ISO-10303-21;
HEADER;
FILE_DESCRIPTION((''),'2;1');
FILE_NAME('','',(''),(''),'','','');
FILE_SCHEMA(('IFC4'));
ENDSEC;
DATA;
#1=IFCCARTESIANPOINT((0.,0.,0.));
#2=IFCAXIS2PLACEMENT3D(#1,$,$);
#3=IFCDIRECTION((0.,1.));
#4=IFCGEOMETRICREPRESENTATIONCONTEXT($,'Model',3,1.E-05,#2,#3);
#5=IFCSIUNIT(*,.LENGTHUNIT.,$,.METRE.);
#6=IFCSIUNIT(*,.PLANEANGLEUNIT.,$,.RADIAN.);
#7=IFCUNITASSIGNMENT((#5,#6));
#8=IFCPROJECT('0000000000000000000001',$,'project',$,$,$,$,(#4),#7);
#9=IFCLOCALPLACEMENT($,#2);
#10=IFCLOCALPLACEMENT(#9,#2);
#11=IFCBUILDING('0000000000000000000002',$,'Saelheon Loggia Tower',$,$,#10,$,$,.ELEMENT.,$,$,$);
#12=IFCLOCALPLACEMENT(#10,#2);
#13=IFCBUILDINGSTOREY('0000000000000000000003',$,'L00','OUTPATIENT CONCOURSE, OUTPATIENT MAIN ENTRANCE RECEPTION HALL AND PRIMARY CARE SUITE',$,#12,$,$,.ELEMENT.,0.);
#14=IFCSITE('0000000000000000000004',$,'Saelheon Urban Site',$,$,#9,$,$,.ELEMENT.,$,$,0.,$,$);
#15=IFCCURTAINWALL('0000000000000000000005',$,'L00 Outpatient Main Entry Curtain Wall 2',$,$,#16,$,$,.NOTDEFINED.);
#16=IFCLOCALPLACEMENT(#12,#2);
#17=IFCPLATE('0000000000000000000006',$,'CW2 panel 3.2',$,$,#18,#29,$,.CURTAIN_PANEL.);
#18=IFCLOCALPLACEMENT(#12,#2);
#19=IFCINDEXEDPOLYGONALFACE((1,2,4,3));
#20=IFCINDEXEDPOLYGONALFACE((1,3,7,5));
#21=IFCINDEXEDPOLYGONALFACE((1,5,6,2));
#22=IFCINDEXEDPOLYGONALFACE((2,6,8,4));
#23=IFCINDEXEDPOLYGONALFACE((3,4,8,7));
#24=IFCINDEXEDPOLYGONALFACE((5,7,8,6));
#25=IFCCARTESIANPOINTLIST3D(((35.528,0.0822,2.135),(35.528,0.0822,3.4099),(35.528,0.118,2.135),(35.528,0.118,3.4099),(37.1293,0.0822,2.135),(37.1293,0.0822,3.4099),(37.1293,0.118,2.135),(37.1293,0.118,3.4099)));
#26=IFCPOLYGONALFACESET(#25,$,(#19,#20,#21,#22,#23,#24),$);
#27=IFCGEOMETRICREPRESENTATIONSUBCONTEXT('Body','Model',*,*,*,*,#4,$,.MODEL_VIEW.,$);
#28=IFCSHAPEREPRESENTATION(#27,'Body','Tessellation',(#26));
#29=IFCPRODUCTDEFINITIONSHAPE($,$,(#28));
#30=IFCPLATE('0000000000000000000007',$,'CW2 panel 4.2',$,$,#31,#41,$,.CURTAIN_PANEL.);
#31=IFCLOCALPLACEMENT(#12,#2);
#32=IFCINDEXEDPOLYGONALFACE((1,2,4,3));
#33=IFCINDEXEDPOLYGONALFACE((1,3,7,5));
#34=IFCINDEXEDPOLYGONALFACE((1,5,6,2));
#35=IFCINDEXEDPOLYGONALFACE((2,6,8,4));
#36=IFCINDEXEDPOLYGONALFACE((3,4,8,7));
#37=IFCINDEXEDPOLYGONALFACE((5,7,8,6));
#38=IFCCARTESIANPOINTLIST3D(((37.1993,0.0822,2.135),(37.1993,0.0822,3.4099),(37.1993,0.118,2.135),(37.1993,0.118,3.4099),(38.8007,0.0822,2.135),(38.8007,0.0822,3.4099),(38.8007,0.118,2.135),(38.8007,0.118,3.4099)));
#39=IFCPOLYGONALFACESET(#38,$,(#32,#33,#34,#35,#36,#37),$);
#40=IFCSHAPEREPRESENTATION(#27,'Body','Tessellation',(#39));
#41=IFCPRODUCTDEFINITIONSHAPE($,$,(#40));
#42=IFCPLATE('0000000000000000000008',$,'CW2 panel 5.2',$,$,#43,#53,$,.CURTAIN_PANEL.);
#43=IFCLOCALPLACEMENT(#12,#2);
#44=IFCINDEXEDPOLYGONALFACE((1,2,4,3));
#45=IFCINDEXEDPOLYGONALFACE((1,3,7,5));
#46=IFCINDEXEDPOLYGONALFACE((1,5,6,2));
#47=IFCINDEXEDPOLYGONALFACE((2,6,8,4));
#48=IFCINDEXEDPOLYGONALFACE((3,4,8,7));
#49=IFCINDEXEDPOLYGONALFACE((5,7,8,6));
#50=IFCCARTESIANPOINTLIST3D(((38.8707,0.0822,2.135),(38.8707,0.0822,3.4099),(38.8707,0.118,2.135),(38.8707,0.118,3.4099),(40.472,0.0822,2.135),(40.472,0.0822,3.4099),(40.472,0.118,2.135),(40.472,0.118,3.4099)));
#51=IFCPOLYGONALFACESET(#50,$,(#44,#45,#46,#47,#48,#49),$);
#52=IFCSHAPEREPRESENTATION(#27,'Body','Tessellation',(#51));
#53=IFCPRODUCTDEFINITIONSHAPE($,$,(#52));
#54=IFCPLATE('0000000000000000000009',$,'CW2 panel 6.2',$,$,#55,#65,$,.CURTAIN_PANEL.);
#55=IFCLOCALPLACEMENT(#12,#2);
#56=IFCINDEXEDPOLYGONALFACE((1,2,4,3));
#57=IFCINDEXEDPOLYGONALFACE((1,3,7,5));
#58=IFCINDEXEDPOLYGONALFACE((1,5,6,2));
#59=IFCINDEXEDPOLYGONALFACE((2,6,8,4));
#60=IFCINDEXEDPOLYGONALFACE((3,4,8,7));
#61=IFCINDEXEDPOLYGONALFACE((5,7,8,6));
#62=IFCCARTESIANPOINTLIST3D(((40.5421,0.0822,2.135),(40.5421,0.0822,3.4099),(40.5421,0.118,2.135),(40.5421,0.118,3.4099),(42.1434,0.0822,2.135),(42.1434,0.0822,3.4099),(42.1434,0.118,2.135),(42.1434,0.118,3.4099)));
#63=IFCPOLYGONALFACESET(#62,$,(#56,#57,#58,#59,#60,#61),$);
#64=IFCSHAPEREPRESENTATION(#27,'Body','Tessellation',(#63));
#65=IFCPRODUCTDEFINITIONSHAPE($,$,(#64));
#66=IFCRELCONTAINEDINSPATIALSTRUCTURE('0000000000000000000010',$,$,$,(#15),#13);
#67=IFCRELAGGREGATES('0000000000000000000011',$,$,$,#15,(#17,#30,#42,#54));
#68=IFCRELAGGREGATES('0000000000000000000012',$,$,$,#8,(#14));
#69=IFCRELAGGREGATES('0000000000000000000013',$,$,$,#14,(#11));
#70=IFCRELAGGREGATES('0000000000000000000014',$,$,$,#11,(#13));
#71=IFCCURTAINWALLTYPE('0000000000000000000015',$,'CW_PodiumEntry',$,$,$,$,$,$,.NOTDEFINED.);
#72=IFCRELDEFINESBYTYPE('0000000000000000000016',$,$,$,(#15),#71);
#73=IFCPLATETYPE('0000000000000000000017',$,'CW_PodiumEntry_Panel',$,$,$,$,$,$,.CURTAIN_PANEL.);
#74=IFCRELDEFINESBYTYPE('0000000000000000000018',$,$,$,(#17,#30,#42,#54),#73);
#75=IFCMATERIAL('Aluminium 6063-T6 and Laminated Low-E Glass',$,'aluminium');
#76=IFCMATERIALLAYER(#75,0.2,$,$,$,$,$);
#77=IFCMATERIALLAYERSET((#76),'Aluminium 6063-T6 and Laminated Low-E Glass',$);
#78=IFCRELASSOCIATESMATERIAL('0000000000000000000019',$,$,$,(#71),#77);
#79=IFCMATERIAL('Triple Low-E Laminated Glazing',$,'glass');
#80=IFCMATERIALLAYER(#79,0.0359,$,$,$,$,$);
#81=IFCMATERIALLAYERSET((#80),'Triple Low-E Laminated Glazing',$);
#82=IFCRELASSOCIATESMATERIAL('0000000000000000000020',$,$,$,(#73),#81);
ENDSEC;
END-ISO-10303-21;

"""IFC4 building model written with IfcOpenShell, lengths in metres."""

from ifc_helpers import new_model, si_unit, direction, frame, origin, origin_2d, place, context, subcontext, project, spatial, rectangle, extrude, source, transform, mapped, material, layer, layer_set, type_object, element, aggregate, save


model = new_model("IFC4")

# Units and contexts
model_context = context("Model", 3, precision=1e-05, world=origin(), true_north=direction((0.0, 1.0)))
body_context = subcontext(model_context, "Body", "Model", "MODEL_VIEW")
ifc_project = project(units=[si_unit("LENGTHUNIT", "METRE"), si_unit("PLANEANGLEUNIT", "RADIAN")], contexts=[model_context])

# Site, building, storey
site_placement = place(None, origin())
site = spatial("IfcSite", under=ifc_project, at=site_placement, Name="Saelheon Urban Site", CompositionType="ELEMENT", RefElevation=0.0)
building_placement = place(site_placement, origin())
building = spatial("IfcBuilding", under=site, at=building_placement, Name="Saelheon Loggia Tower", CompositionType="ELEMENT")
storey_placement = place(building_placement, origin())
storey = spatial("IfcBuildingStorey", under=building, at=storey_placement, Name="L00", Description="OUTPATIENT CONCOURSE, OUTPATIENT MAIN ENTRANCE RECEPTION HALL AND PRIMARY CARE SUITE", CompositionType="ELEMENT", Elevation=0.0)

# Curtain wall, plates
ifc_material_1 = material(Name="Aluminium 6063-T6 and Laminated Low-E Glass", Category="aluminium")
ifc_layer_1 = layer(ifc_material_1, 0.2)
ifc_layer_set_1 = layer_set([ifc_layer_1], Name="Aluminium 6063-T6 and Laminated Low-E Glass")
curtain_wall_type = type_object("IfcCurtainWallType", Name="CW_PodiumEntry", PredefinedType="NOTDEFINED", material=ifc_layer_set_1)
curtain_wall_placement = place(storey_placement, origin())
curtain_wall = element("IfcCurtainWall", 1, at=curtain_wall_placement, inside=storey, type_object=curtain_wall_type, Name="L00 Outpatient Main Entry Curtain Wall 2", PredefinedType="NOTDEFINED")
ifc_material_2 = material(Name="Triple Low-E Laminated Glazing", Category="glass")
ifc_layer_2 = layer(ifc_material_2, 0.0359)
ifc_layer_set_2 = layer_set([ifc_layer_2], Name="Triple Low-E Laminated Glazing")
plate_type = type_object("IfcPlateType", Name="CW_PodiumEntry_Panel", PredefinedType="CURTAIN_PANEL", material=ifc_layer_set_2)
shared_shape_1 = source(origin(), body_context, "Body", "SweptSolid", [
    extrude(rectangle(XDim=1.6013, YDim=0.0359, at=origin_2d()), origin(), (0.0, 0.0, 1.0), 1.2749),
])
plate_1_placement = place(storey_placement, frame((36.3286, 0.1001, 2.135), z_axis=(0.0, 0.0, 1.0), x_axis=(1.0, 0.0, 0.0)))
plate_1 = element("IfcPlate", 2, at=plate_1_placement, type_object=plate_type, Name="CW2 panel 3.2", PredefinedType="CURTAIN_PANEL", context=body_context, shape_type="MappedRepresentation", body=[
    mapped(shared_shape_1, transform((0.0, 0.0, 0.0), scale=1.0)),
])
plate_2_placement = place(storey_placement, frame((38.0, 0.1001, 2.135), z_axis=(0.0, 0.0, 1.0), x_axis=(1.0, 0.0, 0.0)))
plate_2 = element("IfcPlate", 3, at=plate_2_placement, type_object=plate_type, Name="CW2 panel 4.2", PredefinedType="CURTAIN_PANEL", context=body_context, shape_type="MappedRepresentation", body=[
    mapped(shared_shape_1, transform((0.0, 0.0, 0.0), scale=1.0)),
])
plate_3_placement = place(storey_placement, frame((39.6714, 0.1001, 2.135), z_axis=(0.0, 0.0, 1.0), x_axis=(1.0, 0.0, 0.0)))
plate_3 = element("IfcPlate", 4, at=plate_3_placement, type_object=plate_type, Name="CW2 panel 5.2", PredefinedType="CURTAIN_PANEL", context=body_context, shape_type="MappedRepresentation", body=[
    mapped(shared_shape_1, transform((0.0, 0.0, 0.0), scale=1.0)),
])
plate_4_placement = place(storey_placement, frame((41.3428, 0.1001, 2.135), z_axis=(0.0, 0.0, 1.0), x_axis=(1.0, 0.0, 0.0)))
plate_4 = element("IfcPlate", 5, at=plate_4_placement, type_object=plate_type, Name="CW2 panel 6.2", PredefinedType="CURTAIN_PANEL", context=body_context, shape_type="MappedRepresentation", body=[
    mapped(shared_shape_1, transform((0.0, 0.0, 0.0), scale=1.0)),
])
aggregate(curtain_wall, [plate_1, plate_2, plate_3, plate_4])

save(model, "model.ifc")
